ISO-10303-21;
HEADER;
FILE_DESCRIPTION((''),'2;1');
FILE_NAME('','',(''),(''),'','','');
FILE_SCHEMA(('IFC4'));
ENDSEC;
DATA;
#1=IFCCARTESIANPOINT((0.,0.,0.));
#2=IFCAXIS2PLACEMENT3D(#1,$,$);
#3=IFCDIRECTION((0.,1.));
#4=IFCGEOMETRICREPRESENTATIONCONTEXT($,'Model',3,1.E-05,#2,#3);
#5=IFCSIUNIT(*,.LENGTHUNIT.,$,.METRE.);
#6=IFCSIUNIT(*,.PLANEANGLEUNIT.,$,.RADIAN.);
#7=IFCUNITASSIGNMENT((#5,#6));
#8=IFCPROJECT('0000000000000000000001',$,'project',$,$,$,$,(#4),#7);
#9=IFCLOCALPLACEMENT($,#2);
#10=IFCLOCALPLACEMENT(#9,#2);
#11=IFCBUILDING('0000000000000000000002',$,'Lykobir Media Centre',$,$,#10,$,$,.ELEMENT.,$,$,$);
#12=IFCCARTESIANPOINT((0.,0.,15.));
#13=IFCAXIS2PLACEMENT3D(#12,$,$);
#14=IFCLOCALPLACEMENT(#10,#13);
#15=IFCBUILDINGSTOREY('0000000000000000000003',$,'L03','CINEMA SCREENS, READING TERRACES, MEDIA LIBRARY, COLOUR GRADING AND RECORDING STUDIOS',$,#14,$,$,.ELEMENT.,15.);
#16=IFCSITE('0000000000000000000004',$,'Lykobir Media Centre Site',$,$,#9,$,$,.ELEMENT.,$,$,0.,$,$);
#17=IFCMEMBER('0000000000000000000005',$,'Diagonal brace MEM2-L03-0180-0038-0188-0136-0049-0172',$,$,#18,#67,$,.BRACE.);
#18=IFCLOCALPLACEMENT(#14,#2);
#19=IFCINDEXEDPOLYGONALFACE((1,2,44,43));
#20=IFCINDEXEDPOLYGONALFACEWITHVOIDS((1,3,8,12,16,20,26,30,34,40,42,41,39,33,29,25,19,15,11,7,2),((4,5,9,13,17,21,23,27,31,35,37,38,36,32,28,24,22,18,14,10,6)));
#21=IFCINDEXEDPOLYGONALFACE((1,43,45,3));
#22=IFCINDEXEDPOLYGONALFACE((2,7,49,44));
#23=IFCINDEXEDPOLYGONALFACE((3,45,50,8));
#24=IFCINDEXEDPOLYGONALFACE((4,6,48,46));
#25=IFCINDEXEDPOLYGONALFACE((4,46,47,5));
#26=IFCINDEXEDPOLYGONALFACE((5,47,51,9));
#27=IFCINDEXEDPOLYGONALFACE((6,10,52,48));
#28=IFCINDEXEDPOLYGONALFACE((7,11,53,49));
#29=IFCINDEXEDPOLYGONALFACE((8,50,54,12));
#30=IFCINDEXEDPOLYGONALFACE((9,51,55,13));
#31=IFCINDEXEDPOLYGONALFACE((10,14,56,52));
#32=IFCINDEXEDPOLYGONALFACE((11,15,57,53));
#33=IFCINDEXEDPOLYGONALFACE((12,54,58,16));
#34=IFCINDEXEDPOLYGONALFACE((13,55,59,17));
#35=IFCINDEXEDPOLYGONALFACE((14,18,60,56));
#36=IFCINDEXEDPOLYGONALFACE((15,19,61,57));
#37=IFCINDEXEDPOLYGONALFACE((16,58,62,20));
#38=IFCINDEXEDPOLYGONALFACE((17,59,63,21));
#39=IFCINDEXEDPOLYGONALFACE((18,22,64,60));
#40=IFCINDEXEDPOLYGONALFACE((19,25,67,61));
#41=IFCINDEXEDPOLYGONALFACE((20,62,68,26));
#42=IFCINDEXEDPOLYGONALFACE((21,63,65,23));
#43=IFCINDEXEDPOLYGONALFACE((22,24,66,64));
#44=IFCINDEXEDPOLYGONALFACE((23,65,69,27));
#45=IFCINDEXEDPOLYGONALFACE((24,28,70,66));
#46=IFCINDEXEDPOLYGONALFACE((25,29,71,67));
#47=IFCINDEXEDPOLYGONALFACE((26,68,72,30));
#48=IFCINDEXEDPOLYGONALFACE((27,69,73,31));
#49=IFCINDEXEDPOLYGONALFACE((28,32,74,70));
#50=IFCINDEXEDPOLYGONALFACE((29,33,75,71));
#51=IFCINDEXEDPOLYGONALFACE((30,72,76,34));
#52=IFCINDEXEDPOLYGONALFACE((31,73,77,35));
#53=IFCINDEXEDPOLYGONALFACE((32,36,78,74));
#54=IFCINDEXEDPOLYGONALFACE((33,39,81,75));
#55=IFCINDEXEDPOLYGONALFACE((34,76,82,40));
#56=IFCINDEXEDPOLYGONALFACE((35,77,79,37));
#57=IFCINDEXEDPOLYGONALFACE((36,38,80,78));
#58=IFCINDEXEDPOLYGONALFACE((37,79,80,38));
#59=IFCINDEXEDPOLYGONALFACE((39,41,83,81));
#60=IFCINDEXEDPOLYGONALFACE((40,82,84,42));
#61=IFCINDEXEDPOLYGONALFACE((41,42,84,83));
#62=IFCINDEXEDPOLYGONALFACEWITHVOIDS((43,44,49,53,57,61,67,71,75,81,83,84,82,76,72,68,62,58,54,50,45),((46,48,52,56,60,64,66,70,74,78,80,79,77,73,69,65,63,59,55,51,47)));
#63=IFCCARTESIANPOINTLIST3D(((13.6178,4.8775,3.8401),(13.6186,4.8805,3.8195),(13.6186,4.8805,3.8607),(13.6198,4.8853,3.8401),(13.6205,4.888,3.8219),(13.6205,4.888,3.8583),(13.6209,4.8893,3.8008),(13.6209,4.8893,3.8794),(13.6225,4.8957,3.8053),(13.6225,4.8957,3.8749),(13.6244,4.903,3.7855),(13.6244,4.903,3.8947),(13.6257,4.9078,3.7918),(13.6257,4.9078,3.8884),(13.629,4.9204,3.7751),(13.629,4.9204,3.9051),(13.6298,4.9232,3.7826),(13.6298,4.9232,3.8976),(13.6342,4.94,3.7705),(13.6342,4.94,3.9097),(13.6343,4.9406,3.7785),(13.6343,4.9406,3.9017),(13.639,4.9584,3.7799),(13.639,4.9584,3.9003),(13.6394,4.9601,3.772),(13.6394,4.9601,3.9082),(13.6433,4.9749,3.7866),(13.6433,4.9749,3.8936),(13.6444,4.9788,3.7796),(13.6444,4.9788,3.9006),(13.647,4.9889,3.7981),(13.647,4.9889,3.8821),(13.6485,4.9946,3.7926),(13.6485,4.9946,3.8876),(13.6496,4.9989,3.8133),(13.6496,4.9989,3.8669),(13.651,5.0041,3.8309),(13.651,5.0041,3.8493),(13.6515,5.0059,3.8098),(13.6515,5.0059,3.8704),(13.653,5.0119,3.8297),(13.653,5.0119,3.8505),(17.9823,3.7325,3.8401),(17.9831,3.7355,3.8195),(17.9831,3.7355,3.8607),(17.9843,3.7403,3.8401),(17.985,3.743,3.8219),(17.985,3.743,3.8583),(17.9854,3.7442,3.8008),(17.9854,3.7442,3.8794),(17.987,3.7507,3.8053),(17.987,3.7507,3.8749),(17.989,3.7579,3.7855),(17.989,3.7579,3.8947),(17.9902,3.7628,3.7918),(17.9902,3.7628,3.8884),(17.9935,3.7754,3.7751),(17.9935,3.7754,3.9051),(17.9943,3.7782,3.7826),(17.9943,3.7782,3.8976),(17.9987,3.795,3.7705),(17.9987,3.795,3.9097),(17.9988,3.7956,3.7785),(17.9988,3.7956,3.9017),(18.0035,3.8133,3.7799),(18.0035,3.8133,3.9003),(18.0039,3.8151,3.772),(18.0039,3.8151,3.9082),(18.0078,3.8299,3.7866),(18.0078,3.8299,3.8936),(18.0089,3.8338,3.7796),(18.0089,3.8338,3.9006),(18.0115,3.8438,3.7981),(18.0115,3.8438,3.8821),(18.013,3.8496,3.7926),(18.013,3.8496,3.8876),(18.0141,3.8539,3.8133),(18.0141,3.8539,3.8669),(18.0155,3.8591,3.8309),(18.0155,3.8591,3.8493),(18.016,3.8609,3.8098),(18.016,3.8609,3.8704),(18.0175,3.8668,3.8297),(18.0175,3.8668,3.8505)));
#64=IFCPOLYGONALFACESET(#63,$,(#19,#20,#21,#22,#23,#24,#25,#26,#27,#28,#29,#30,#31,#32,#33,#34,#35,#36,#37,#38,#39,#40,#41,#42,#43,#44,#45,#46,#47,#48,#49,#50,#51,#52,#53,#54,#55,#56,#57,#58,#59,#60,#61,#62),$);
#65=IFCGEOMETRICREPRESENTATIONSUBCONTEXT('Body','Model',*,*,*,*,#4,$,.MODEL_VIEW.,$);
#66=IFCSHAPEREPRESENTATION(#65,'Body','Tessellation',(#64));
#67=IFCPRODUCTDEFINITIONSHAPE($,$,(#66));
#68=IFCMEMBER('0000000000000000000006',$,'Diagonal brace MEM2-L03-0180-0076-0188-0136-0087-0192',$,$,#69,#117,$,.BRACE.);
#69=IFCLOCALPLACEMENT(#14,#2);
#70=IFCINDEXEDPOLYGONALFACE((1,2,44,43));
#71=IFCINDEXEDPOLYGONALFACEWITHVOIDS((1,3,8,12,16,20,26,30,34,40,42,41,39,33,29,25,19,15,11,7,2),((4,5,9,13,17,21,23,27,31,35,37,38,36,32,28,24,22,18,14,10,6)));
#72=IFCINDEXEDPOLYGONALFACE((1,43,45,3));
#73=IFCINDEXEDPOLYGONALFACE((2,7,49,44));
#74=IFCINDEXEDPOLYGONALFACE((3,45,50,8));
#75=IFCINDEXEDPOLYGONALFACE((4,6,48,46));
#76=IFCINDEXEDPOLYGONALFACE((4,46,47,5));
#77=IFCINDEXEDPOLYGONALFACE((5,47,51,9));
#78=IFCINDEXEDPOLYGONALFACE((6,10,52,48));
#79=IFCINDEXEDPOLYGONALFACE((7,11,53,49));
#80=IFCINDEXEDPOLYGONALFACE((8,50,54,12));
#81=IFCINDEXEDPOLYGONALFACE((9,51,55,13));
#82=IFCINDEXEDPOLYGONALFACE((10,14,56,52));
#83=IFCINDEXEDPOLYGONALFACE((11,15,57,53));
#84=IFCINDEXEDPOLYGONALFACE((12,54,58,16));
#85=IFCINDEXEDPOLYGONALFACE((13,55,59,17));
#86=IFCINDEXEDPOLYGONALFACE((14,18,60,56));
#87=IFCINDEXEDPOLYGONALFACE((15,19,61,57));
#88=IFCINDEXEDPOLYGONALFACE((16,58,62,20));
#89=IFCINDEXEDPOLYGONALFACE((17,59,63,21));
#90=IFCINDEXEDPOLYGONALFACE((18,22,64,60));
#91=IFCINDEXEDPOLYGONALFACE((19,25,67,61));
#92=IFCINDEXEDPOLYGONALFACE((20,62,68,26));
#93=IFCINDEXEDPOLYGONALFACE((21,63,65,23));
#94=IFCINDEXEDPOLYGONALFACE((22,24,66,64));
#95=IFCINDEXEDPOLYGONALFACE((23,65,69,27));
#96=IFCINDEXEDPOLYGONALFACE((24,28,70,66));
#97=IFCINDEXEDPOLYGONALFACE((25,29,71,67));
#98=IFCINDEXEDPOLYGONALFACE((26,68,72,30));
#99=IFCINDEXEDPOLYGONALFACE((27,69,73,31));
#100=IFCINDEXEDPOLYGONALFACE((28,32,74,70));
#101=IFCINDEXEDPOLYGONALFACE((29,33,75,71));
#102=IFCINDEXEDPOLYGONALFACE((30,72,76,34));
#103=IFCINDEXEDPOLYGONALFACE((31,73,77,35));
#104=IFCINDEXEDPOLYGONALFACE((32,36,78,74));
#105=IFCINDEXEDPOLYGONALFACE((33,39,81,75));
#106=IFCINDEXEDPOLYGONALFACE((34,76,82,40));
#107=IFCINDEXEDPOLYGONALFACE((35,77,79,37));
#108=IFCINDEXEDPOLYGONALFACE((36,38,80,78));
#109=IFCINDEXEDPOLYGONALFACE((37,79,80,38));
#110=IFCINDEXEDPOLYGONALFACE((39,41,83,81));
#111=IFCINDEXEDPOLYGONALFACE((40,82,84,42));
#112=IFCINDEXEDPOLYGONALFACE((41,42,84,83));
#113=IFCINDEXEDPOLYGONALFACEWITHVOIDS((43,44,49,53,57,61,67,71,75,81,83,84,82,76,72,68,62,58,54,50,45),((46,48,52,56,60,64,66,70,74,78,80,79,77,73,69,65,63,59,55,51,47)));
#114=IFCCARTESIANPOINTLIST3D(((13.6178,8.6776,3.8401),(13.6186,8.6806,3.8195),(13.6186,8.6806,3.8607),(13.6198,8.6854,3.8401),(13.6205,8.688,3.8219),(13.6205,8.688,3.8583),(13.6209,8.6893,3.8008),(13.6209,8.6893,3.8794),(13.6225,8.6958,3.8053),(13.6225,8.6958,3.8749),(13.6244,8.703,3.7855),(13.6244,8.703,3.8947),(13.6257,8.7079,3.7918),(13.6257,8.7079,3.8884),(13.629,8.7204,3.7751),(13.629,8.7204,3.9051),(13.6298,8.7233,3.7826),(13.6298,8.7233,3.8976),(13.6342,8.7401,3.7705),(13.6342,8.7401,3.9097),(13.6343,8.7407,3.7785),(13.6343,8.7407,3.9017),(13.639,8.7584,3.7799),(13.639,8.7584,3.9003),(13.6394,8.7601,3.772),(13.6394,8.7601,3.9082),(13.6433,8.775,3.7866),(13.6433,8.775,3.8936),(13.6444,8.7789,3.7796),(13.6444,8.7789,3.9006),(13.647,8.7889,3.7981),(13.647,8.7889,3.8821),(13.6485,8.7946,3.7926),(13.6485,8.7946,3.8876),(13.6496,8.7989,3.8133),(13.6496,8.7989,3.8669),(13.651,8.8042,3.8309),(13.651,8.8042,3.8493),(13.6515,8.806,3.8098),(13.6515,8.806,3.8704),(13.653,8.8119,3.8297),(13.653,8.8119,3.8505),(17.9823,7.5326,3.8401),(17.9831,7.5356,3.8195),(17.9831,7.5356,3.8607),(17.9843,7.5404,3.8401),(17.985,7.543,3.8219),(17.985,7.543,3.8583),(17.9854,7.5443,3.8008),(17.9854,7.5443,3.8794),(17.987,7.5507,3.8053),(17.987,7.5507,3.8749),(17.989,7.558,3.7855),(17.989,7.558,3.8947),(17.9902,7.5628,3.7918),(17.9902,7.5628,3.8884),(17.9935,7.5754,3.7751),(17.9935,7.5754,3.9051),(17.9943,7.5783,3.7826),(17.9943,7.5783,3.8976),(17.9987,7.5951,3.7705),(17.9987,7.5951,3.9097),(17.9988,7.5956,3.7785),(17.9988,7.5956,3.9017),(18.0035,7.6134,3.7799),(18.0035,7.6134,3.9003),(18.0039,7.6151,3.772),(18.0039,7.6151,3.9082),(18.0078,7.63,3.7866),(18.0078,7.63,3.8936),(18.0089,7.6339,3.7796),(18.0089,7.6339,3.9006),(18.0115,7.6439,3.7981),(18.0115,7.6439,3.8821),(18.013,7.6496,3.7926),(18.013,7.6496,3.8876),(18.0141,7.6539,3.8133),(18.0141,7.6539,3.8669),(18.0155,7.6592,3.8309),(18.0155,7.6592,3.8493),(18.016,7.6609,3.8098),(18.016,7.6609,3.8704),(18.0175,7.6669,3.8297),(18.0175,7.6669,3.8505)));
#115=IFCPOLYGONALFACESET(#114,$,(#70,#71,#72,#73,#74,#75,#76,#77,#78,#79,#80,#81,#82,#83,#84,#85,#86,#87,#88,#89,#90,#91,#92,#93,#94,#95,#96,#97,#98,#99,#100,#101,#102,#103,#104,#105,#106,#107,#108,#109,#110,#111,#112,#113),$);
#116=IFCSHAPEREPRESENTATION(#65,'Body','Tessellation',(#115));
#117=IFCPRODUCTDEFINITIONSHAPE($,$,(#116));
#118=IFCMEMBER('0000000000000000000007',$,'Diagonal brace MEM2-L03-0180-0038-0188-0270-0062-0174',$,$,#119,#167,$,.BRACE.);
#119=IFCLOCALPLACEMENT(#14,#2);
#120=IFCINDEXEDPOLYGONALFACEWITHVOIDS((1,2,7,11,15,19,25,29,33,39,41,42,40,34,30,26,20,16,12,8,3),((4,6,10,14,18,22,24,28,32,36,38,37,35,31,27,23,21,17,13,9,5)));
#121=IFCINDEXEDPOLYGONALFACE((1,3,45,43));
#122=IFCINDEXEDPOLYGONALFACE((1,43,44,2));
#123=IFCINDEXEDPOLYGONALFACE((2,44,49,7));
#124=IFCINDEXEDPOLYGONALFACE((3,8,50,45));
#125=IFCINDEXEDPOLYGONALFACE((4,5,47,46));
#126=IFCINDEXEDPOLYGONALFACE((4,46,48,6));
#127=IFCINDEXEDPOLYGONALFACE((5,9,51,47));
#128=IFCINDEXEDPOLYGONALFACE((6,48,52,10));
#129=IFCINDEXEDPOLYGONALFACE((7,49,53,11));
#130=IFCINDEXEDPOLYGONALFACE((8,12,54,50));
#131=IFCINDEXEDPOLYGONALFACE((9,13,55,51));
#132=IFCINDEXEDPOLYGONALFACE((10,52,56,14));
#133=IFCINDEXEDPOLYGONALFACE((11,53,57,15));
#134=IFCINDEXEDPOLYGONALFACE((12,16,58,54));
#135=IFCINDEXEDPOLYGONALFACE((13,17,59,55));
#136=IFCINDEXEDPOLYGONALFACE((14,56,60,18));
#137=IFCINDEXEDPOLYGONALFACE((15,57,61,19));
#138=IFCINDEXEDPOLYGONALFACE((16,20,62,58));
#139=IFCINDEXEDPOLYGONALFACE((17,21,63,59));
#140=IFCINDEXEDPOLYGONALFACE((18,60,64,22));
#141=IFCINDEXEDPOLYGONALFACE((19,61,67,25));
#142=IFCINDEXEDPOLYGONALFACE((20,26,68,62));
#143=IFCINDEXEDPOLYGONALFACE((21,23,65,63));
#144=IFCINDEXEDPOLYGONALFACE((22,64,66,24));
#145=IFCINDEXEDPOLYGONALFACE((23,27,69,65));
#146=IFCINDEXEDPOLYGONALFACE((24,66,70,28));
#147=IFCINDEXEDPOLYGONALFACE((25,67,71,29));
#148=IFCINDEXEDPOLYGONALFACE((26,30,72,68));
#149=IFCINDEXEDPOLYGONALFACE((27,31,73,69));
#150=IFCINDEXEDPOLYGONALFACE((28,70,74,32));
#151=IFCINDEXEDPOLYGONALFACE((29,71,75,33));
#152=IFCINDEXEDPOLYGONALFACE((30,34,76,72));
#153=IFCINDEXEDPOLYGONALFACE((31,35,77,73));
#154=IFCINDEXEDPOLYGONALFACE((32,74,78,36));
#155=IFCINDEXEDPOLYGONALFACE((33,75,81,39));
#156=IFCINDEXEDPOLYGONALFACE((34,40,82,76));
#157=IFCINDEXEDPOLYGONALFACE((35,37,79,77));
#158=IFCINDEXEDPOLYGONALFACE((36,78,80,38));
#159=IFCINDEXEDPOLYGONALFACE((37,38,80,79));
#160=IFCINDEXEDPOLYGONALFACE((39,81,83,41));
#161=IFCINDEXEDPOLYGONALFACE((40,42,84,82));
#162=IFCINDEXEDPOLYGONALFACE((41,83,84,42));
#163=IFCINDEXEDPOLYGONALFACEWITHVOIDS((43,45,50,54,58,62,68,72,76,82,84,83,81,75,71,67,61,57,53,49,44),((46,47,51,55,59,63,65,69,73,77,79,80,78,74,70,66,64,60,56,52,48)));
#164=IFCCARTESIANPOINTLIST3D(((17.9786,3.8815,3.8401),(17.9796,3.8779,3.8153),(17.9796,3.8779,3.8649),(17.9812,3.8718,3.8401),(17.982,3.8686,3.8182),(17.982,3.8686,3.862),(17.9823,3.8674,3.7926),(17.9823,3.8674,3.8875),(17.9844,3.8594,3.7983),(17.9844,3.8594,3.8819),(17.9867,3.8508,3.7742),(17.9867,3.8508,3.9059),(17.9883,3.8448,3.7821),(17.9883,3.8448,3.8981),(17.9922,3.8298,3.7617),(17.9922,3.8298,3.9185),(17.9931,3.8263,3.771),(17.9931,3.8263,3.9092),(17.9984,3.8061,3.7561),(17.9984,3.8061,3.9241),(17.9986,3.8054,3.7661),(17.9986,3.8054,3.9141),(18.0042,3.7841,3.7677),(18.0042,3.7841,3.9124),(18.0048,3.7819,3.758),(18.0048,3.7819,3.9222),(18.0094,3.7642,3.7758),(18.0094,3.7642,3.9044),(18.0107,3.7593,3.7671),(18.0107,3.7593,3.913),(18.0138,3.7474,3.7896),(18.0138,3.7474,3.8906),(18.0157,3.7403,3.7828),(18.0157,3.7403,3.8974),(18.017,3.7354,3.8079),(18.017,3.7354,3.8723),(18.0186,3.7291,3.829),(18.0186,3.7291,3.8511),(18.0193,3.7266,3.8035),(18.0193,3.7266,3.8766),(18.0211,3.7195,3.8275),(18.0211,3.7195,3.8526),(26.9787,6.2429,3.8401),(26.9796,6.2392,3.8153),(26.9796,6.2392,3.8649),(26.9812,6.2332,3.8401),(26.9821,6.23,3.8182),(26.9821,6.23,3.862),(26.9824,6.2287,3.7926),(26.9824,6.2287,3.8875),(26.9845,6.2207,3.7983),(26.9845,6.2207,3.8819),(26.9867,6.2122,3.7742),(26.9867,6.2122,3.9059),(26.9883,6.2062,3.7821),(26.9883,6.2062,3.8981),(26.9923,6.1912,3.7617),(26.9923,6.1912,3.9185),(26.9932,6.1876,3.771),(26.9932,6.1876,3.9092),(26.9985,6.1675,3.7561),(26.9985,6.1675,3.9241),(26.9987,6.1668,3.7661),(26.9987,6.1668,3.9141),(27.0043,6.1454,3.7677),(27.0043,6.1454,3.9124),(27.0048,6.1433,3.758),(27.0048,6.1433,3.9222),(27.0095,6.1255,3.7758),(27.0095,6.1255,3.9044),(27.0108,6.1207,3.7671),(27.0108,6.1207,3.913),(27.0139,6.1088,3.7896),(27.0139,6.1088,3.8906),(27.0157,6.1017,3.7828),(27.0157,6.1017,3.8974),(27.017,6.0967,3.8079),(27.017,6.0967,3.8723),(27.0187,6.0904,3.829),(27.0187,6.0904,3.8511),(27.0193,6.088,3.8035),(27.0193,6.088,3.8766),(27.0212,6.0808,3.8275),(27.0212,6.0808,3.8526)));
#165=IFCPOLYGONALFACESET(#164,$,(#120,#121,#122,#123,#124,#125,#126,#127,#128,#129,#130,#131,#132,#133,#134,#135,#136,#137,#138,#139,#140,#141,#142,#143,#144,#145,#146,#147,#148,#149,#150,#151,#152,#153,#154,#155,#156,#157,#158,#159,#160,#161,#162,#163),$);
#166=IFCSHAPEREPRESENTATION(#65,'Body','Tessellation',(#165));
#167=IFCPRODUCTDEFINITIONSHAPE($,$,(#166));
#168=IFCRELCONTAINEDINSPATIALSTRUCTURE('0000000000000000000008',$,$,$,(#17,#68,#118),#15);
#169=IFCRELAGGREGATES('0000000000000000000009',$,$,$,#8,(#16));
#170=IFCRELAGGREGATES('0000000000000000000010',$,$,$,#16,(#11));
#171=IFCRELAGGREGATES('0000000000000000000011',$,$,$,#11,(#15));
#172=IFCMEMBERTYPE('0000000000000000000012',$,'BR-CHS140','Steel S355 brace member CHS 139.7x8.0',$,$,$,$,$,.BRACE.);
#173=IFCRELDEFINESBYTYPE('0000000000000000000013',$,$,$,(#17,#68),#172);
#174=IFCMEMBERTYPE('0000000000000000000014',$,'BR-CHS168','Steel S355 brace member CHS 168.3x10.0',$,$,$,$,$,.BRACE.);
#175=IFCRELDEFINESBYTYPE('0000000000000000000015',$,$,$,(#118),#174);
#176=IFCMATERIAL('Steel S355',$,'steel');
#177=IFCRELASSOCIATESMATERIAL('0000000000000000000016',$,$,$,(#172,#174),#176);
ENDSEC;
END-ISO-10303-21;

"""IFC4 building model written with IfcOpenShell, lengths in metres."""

from ifc_helpers import new_model, si_unit, direction, frame, origin, origin_2d, place, context, subcontext, project, spatial, hollow_circle, extrude, material, material_profile, profile_set, type_object, element, save


model = new_model("IFC4")

# Units and contexts
model_context = context("Model", 3, precision=1e-05, world=origin(), true_north=direction((0.0, 1.0)))
body_context = subcontext(model_context, "Body", "Model", "MODEL_VIEW")
ifc_project = project(units=[si_unit("LENGTHUNIT", "METRE"), si_unit("PLANEANGLEUNIT", "RADIAN")], contexts=[model_context])

# Site, building, storey
site_placement = place(None, origin())
site = spatial("IfcSite", under=ifc_project, at=site_placement, Name="Lykobir Media Centre Site", CompositionType="ELEMENT", RefElevation=0.0)
building_placement = place(site_placement, origin())
building = spatial("IfcBuilding", under=site, at=building_placement, Name="Lykobir Media Centre", CompositionType="ELEMENT")
storey_placement = place(building_placement, frame((0.0, 0.0, 15.0)))
storey = spatial("IfcBuildingStorey", under=building, at=storey_placement, Name="L03", Description="CINEMA SCREENS, READING TERRACES, MEDIA LIBRARY, COLOUR GRADING AND RECORDING STUDIOS", CompositionType="ELEMENT", Elevation=15.0)

# Members
ifc_material_1 = material(Name="Steel S355", Category="steel")
ifc_material_profile_1 = material_profile(ifc_material_1, hollow_circle(Radius=0.0698, WallThickness=0.0081, at=origin_2d()), Name="CHS 139.7x8.0")
ifc_profile_set_1 = profile_set([ifc_material_profile_1], Name="Steel S355")
member_type_1 = type_object("IfcMemberType", Name="BR-CHS140", Description="Steel S355 brace member CHS 139.7x8.0", PredefinedType="BRACE", material=ifc_profile_set_1)
for number, where, z_axis, x_axis, name in (
    (1, (18.0, 3.8, 3.8401), (-0.967267, 0.253761, 0.0), (-0.253761, -0.967267, 0.0), "Diagonal brace MEM2-L03-0180-0038-0188-0136-0049-0172"),
    (2, (18.0, 7.6001, 3.8401), (-0.967267, 0.253761, 0.0), (-0.253761, -0.967267, 0.0), "Diagonal brace MEM2-L03-0180-0076-0188-0136-0087-0192"),
):
    element("IfcMember", number, at=place(storey_placement, frame(where, z_axis=z_axis, x_axis=x_axis)), inside=storey, type_object=member_type_1, Name=name, PredefinedType="BRACE", context=body_context, shape_type="SweptSolid", body=[
        extrude(hollow_circle(Radius=0.0698, WallThickness=0.0081, at=origin_2d()), origin(), (0.0, 0.0, 1.0), 4.5122),
    ])
ifc_material_profile_2 = material_profile(ifc_material_1, hollow_circle(Radius=0.0842, WallThickness=0.01, at=origin_2d()), Name="CHS 168.3x10.0")
ifc_profile_set_2 = profile_set([ifc_material_profile_2], Name="Steel S355")
member_type_2 = type_object("IfcMemberType", Name="BR-CHS168", Description="Steel S355 brace member CHS 168.3x10.0", PredefinedType="BRACE", material=ifc_profile_set_2)
member_1_placement = place(storey_placement, frame((18.0, 3.8, 3.8401), z_axis=(0.967262, 0.25378, 0.0), x_axis=(-0.25378, 0.967262, 0.0)))
element("IfcMember", 3, at=member_1_placement, inside=storey, type_object=member_type_2, Name="Diagonal brace MEM2-L03-0180-0038-0188-0270-0062-0174", PredefinedType="BRACE", context=body_context, shape_type="SweptSolid", body=[
    extrude(hollow_circle(Radius=0.0842, WallThickness=0.01, at=origin_2d()), origin(), (0.0, 0.0, 1.0), 9.3047),
])

save(model, "model.ifc")
